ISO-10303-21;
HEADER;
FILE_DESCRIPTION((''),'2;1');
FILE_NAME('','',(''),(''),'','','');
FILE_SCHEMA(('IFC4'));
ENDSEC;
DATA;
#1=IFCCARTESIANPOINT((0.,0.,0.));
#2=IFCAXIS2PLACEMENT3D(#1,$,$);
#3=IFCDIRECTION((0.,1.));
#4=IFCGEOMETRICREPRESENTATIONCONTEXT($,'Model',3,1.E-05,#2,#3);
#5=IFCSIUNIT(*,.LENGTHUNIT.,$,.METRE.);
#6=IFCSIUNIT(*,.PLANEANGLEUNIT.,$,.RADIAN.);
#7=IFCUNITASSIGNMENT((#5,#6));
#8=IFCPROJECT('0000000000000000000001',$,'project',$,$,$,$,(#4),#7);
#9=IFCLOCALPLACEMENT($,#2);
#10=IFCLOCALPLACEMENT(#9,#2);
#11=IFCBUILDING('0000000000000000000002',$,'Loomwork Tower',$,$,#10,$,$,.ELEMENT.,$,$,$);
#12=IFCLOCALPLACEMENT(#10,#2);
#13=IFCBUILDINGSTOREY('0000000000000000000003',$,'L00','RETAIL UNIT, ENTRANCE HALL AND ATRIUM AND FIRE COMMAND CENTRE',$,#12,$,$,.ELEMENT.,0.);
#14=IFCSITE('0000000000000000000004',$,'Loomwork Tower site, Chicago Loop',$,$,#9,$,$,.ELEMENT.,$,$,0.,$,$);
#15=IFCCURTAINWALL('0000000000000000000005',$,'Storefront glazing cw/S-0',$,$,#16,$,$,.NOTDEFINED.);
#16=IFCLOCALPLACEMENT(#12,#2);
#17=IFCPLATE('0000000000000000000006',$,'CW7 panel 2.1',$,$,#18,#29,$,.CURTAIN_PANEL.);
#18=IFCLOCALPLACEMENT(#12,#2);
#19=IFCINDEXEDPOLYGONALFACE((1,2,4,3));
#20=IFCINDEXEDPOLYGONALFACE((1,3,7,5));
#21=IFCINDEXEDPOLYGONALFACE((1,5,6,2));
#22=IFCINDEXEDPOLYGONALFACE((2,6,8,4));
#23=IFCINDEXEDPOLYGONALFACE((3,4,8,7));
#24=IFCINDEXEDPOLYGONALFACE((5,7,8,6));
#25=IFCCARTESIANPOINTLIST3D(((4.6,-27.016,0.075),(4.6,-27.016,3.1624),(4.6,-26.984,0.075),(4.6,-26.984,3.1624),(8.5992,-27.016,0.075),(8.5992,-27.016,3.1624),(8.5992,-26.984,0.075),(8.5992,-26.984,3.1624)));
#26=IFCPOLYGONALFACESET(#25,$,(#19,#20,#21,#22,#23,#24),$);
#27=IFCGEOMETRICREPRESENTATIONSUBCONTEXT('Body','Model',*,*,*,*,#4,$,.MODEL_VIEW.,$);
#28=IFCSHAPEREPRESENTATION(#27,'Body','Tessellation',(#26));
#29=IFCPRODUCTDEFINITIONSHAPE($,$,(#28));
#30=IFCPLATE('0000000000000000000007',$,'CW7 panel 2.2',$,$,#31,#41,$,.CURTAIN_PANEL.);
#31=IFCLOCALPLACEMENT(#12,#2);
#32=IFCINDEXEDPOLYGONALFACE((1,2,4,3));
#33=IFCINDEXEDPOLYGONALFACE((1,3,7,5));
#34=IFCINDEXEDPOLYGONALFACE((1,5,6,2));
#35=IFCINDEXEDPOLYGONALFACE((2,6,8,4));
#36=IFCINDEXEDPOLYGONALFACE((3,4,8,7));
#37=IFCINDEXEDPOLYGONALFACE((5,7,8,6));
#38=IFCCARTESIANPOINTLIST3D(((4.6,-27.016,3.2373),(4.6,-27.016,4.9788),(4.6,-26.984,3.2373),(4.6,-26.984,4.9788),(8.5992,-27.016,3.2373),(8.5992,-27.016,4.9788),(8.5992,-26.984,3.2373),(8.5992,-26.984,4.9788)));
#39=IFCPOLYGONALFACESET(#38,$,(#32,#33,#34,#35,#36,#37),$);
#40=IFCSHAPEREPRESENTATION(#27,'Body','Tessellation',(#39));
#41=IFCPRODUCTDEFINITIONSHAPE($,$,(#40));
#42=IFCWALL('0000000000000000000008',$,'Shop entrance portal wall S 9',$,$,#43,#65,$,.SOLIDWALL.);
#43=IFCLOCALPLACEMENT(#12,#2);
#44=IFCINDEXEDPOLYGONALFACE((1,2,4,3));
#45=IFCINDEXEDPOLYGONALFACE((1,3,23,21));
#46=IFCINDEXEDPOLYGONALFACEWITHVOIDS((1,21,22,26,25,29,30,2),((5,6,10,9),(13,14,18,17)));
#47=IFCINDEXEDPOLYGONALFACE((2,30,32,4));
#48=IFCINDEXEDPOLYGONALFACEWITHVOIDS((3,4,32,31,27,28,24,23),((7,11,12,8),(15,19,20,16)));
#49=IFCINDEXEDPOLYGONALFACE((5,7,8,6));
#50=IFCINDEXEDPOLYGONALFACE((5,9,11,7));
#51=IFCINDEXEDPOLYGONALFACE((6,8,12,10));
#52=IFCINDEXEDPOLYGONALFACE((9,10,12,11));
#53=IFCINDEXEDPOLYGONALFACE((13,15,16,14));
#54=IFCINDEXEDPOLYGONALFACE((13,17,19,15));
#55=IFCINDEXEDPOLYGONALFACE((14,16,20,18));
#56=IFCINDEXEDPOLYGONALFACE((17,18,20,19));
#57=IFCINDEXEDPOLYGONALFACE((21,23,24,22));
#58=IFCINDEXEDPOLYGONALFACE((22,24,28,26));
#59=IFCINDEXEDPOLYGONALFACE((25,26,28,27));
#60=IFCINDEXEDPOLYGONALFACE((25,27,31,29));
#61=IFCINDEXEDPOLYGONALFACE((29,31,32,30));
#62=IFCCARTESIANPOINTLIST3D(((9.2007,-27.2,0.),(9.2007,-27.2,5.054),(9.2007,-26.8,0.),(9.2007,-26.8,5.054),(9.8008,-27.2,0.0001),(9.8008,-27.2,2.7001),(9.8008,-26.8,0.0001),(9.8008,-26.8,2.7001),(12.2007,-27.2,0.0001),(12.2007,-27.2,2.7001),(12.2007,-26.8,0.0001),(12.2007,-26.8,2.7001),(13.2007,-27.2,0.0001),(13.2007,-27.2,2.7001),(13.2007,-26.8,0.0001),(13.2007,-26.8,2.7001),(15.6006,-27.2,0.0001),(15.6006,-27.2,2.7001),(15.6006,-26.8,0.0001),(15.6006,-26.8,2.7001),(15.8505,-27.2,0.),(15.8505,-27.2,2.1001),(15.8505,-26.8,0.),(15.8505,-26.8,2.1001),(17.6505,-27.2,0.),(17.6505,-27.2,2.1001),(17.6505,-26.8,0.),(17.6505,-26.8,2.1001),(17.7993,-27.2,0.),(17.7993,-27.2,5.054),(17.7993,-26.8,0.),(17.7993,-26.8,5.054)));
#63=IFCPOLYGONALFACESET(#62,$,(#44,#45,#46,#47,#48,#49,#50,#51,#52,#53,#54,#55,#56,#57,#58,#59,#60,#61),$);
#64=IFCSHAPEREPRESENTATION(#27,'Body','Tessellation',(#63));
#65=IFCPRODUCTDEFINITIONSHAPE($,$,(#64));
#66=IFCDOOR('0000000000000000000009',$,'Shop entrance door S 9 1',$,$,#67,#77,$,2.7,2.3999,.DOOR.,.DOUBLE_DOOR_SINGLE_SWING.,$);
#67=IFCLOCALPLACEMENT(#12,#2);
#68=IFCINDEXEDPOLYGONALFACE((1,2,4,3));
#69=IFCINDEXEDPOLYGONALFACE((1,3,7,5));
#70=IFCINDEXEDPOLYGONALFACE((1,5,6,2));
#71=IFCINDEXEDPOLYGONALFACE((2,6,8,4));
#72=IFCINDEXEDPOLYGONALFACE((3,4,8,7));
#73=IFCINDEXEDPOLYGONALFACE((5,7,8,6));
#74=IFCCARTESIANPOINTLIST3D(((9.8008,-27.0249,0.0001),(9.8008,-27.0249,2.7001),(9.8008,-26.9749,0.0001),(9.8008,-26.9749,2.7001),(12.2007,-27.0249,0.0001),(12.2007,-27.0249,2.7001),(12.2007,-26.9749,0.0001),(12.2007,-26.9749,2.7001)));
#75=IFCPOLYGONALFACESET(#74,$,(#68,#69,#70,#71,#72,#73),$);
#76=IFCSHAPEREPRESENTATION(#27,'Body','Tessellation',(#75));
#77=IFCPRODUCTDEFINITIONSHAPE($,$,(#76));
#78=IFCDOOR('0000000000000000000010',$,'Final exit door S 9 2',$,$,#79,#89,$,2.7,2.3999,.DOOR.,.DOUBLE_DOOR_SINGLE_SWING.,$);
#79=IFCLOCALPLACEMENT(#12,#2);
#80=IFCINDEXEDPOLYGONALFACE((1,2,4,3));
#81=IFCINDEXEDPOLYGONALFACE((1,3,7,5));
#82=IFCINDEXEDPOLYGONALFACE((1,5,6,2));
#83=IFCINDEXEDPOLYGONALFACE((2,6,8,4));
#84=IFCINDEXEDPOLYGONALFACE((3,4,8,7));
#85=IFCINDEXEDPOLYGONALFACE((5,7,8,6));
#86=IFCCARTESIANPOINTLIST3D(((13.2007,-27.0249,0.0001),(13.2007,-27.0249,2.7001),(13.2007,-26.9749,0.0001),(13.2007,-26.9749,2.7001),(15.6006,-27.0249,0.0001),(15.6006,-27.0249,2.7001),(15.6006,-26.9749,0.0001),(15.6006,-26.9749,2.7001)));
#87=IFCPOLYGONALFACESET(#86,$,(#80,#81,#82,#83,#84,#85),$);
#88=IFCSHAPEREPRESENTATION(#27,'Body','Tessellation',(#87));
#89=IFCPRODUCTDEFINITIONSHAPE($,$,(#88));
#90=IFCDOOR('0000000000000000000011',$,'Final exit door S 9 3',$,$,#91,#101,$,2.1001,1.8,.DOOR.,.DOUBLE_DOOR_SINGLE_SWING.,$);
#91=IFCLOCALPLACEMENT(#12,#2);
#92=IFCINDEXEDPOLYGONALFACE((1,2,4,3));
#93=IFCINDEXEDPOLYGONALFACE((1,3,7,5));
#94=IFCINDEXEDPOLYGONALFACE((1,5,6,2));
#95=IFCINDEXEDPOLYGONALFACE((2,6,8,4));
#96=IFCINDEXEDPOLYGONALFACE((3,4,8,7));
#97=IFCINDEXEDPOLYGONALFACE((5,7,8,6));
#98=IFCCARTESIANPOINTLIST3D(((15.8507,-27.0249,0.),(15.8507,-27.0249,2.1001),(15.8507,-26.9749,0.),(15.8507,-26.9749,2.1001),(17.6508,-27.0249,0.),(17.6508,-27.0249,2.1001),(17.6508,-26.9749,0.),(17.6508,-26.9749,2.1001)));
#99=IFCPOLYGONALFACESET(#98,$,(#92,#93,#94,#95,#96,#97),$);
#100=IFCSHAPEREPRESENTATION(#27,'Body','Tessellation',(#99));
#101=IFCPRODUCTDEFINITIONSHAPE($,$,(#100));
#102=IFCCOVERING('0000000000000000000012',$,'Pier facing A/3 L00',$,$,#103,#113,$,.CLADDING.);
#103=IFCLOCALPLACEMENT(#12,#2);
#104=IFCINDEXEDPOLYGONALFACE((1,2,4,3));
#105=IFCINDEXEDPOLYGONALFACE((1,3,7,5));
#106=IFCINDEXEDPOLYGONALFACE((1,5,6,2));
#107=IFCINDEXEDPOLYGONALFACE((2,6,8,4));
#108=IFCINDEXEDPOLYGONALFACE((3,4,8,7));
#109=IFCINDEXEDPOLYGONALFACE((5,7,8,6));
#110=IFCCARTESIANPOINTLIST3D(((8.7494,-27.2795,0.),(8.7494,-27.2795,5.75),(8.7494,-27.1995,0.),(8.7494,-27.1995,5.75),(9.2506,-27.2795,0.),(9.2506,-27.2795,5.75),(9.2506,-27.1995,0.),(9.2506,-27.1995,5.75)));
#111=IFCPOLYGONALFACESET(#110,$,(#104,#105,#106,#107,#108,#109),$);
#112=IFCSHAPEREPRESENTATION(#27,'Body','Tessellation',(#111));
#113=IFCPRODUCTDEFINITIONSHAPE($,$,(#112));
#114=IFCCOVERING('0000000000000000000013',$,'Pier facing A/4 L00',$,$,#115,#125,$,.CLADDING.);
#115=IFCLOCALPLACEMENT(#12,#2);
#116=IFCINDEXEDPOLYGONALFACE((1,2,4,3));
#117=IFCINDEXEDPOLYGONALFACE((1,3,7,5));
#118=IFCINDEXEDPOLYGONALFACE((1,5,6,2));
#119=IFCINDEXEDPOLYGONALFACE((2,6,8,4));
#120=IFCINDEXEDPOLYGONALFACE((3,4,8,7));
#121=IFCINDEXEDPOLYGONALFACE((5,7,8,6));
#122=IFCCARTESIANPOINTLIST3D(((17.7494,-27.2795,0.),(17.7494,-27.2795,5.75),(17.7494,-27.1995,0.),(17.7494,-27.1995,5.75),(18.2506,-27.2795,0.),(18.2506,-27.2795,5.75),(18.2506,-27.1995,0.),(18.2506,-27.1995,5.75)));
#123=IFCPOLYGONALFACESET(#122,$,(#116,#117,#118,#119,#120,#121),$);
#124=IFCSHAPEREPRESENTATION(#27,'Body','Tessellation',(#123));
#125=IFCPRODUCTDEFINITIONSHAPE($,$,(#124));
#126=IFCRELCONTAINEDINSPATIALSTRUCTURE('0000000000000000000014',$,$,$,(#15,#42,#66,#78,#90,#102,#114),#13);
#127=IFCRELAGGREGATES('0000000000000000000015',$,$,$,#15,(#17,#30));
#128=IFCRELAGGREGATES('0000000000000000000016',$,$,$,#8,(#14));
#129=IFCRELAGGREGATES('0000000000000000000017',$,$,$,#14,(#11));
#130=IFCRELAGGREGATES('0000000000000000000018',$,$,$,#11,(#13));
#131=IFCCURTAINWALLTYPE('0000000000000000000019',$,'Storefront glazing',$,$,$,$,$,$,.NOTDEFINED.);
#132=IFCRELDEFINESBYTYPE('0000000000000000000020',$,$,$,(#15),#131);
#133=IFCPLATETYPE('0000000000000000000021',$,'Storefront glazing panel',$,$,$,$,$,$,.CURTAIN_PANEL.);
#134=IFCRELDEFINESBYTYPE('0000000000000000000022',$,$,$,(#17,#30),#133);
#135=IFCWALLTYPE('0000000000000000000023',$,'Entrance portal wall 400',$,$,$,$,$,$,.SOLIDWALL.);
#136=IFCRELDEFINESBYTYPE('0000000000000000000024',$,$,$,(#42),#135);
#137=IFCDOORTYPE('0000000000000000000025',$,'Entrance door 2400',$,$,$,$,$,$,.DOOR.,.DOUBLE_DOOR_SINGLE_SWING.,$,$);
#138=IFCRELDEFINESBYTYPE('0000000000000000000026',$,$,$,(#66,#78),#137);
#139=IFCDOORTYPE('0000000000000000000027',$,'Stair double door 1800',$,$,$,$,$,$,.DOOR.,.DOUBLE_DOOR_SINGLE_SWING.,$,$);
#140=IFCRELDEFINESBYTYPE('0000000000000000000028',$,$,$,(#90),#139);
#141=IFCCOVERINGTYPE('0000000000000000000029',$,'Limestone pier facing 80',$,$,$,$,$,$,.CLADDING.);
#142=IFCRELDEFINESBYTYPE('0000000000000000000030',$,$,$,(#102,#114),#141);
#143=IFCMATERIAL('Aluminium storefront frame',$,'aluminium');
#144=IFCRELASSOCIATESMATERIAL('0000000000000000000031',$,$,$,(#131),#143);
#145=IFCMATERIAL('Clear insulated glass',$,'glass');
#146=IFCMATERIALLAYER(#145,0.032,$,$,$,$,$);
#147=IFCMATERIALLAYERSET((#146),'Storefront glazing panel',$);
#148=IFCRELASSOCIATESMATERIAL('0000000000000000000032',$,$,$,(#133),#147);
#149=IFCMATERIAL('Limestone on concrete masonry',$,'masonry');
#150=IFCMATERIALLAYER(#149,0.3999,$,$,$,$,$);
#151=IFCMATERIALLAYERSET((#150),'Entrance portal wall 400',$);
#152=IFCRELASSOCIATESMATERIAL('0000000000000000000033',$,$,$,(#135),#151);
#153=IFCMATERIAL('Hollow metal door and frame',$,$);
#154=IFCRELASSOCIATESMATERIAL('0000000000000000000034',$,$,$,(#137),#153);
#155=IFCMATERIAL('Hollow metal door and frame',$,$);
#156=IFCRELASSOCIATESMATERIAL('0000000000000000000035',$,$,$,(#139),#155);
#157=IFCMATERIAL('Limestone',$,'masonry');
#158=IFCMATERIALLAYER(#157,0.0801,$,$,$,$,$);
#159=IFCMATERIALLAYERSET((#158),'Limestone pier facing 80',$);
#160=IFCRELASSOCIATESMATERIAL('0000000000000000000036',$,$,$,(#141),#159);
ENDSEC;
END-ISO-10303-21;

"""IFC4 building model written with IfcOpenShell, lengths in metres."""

from ifc_helpers import new_model, si_unit, direction, frame, frame_2d, origin, origin_2d, place, context, subcontext, project, spatial, rectangle, extrude, material, layer, layer_set, type_object, element, fill, aggregate, save


model = new_model("IFC4")

# Units and contexts
model_context = context("Model", 3, precision=1e-05, world=origin(), true_north=direction((0.0, 1.0)))
body_context = subcontext(model_context, "Body", "Model", "MODEL_VIEW")
ifc_project = project(units=[si_unit("LENGTHUNIT", "METRE"), si_unit("PLANEANGLEUNIT", "RADIAN")], contexts=[model_context])

# Site, building, storey
site_placement = place(None, origin())
site = spatial("IfcSite", under=ifc_project, at=site_placement, Name="Loomwork Tower site, Chicago Loop", CompositionType="ELEMENT", RefElevation=0.0)
building_placement = place(site_placement, origin())
building = spatial("IfcBuilding", under=site, at=building_placement, Name="Loomwork Tower", CompositionType="ELEMENT")
storey_placement = place(building_placement, origin())
storey = spatial("IfcBuildingStorey", under=building, at=storey_placement, Name="L00", Description="RETAIL UNIT, ENTRANCE HALL AND ATRIUM AND FIRE COMMAND CENTRE", CompositionType="ELEMENT", Elevation=0.0)

# Curtain wall
ifc_material_1 = material(Name="Aluminium storefront frame", Category="aluminium")
curtain_wall_type = type_object("IfcCurtainWallType", Name="Storefront glazing", PredefinedType="NOTDEFINED", material=ifc_material_1)
curtain_wall_placement = place(storey_placement, origin())
curtain_wall = element("IfcCurtainWall", 1, at=curtain_wall_placement, inside=storey, type_object=curtain_wall_type, Name="Storefront glazing cw/S-0", PredefinedType="NOTDEFINED")

# Plates
ifc_material_2 = material(Name="Clear insulated glass", Category="glass")
ifc_layer_1 = layer(ifc_material_2, 0.032)
ifc_layer_set_1 = layer_set([ifc_layer_1], Name="Storefront glazing panel")
plate_type = type_object("IfcPlateType", Name="Storefront glazing panel", PredefinedType="CURTAIN_PANEL", material=ifc_layer_set_1)
plate_1_placement = place(storey_placement, frame((6.5996, -27.0, 0.075), z_axis=(0.0, 0.0, 1.0), x_axis=(1.0, 0.0, 0.0)))
plate_1 = element("IfcPlate", 2, at=plate_1_placement, type_object=plate_type, Name="CW7 panel 2.1", PredefinedType="CURTAIN_PANEL", context=body_context, shape_type="SweptSolid", body=[
    extrude(rectangle(XDim=3.9993, YDim=0.032, at=origin_2d()), origin(), (0.0, 0.0, 1.0), 3.0874),
])
plate_2_placement = place(storey_placement, frame((6.5996, -27.0, 3.2373), z_axis=(0.0, 0.0, 1.0), x_axis=(1.0, 0.0, 0.0)))
plate_2 = element("IfcPlate", 3, at=plate_2_placement, type_object=plate_type, Name="CW7 panel 2.2", PredefinedType="CURTAIN_PANEL", context=body_context, shape_type="SweptSolid", body=[
    extrude(rectangle(XDim=3.9993, YDim=0.032, at=origin_2d()), origin(), (0.0, 0.0, 1.0), 1.7415),
])
aggregate(curtain_wall, [plate_1, plate_2])

# Wall, openings, doors
ifc_material_3 = material(Name="Limestone on concrete masonry", Category="masonry")
ifc_layer_2 = layer(ifc_material_3, 0.3999)
ifc_layer_set_2 = layer_set([ifc_layer_2], Name="Entrance portal wall 400")
wall_type = type_object("IfcWallType", Name="Entrance portal wall 400", PredefinedType="SOLIDWALL", material=ifc_layer_set_2)
wall_placement = place(storey_placement, frame((9.2007, -27.0, 0.0), z_axis=(0.0, 0.0, 1.0), x_axis=(1.0, 0.0, 0.0)))
wall = element("IfcWall", 4, at=wall_placement, inside=storey, type_object=wall_type, Name="Shop entrance portal wall S 9", PredefinedType="SOLIDWALL", context=body_context, shape_type="SweptSolid", body=[
    extrude(rectangle(XDim=8.5986, YDim=0.3999, at=frame_2d((4.2993, 0.0))), origin(), (0.0, 0.0, 1.0), 5.054),
])
opening_1_placement = place(wall_placement, frame((0.6001, 0.0, 0.0)))
opening_1 = element("IfcOpeningElement", 5, at=opening_1_placement, cuts=wall, PredefinedType="OPENING", context=body_context, shape_type="SweptSolid", body=[
    extrude(rectangle(XDim=2.3999, YDim=2.7, at=frame_2d((1.2, 1.3501))), frame((0.0, 0.21, 0.0), z_axis=(0.0, -1.0, 0.0), x_axis=(1.0, 0.0, 0.0)), (0.0, 0.0, 1.0), 0.4199),
])
opening_2_placement = place(wall_placement, frame((4.0, 0.0, 0.0)))
opening_2 = element("IfcOpeningElement", 6, at=opening_2_placement, cuts=wall, PredefinedType="OPENING", context=body_context, shape_type="SweptSolid", body=[
    extrude(rectangle(XDim=2.3999, YDim=2.7, at=frame_2d((1.2, 1.3501))), frame((0.0, 0.21, 0.0), z_axis=(0.0, -1.0, 0.0), x_axis=(1.0, 0.0, 0.0)), (0.0, 0.0, 1.0), 0.4199),
])
opening_3_placement = place(wall_placement, frame((6.6499, 0.0, 0.0)))
opening_3 = element("IfcOpeningElement", 7, at=opening_3_placement, cuts=wall, PredefinedType="OPENING", context=body_context, shape_type="SweptSolid", body=[
    extrude(rectangle(XDim=1.8, YDim=2.1001, at=frame_2d((0.8999, 1.05))), frame((0.0, 0.21, 0.0), z_axis=(0.0, -1.0, 0.0), x_axis=(1.0, 0.0, 0.0)), (0.0, 0.0, 1.0), 0.4199),
])
ifc_material_4 = material(Name="Hollow metal door and frame")
door_type_1 = type_object("IfcDoorType", Name="Entrance door 2400", OperationType="DOUBLE_DOOR_SINGLE_SWING", PredefinedType="DOOR", material=ifc_material_4)
door_1_placement = place(opening_1_placement, frame((2.3999, 0.0, 0.0), z_axis=(0.0, 0.0, 1.0), x_axis=(-1.0, 0.0, 0.0)))
door_1 = element("IfcDoor", 8, at=door_1_placement, inside=storey, type_object=door_type_1, Name="Shop entrance door S 9 1", OperationType="DOUBLE_DOOR_SINGLE_SWING", OverallHeight=2.7, OverallWidth=2.3999, PredefinedType="DOOR", context=body_context, shape_type="SweptSolid", body=[
    extrude(rectangle(XDim=2.3999, YDim=2.7, at=frame_2d((1.2, 1.3501))), frame((0.0, 0.0249, 0.0), z_axis=(0.0, -1.0, 0.0), x_axis=(1.0, 0.0, 0.0)), (0.0, 0.0, 1.0), 0.05),
])
fill(opening_1, door_1)
door_2_placement = place(opening_2_placement, frame((2.3999, 0.0, 0.0), z_axis=(0.0, 0.0, 1.0), x_axis=(-1.0, 0.0, 0.0)))
door_2 = element("IfcDoor", 9, at=door_2_placement, inside=storey, type_object=door_type_1, Name="Final exit door S 9 2", OperationType="DOUBLE_DOOR_SINGLE_SWING", OverallHeight=2.7, OverallWidth=2.3999, PredefinedType="DOOR", context=body_context, shape_type="SweptSolid", body=[
    extrude(rectangle(XDim=2.3999, YDim=2.7, at=frame_2d((1.2, 1.3501))), frame((0.0, 0.0249, 0.0), z_axis=(0.0, -1.0, 0.0), x_axis=(1.0, 0.0, 0.0)), (0.0, 0.0, 1.0), 0.05),
])
fill(opening_2, door_2)
ifc_material_5 = material(Name="Hollow metal door and frame")
door_type_2 = type_object("IfcDoorType", Name="Stair double door 1800", OperationType="DOUBLE_DOOR_SINGLE_SWING", PredefinedType="DOOR", material=ifc_material_5)
door_3_placement = place(opening_3_placement, frame((1.8, 0.0, 0.0), z_axis=(0.0, 0.0, 1.0), x_axis=(-1.0, 0.0, 0.0)))
door_3 = element("IfcDoor", 10, at=door_3_placement, inside=storey, type_object=door_type_2, Name="Final exit door S 9 3", OperationType="DOUBLE_DOOR_SINGLE_SWING", OverallHeight=2.1001, OverallWidth=1.8, PredefinedType="DOOR", context=body_context, shape_type="SweptSolid", body=[
    extrude(rectangle(XDim=1.8, YDim=2.1001, at=frame_2d((0.8999, 1.05))), frame((0.0, 0.0249, 0.0), z_axis=(0.0, -1.0, 0.0), x_axis=(1.0, 0.0, 0.0)), (0.0, 0.0, 1.0), 0.05),
])
fill(opening_3, door_3)

# Coverings
ifc_material_6 = material(Name="Limestone", Category="masonry")
ifc_layer_3 = layer(ifc_material_6, 0.0801)
ifc_layer_set_3 = layer_set([ifc_layer_3], Name="Limestone pier facing 80")
covering_type = type_object("IfcCoveringType", Name="Limestone pier facing 80", PredefinedType="CLADDING", material=ifc_layer_set_3)
for number, where, z_axis, x_axis, name in (
    (11, (9.0, -27.2395, 0.0), (0.0, 0.0, 1.0), (1.0, 0.0, 0.0), "Pier facing A/3 L00"),
    (12, (18.0, -27.2395, 0.0), (0.0, 0.0, 1.0), (1.0, 0.0, 0.0), "Pier facing A/4 L00"),
):
    element("IfcCovering", number, at=place(storey_placement, frame(where, z_axis=z_axis, x_axis=x_axis)), inside=storey, type_object=covering_type, Name=name, PredefinedType="CLADDING", context=body_context, shape_type="SweptSolid", body=[
        extrude(rectangle(XDim=0.5012, YDim=0.0801, at=origin_2d()), origin(), (0.0, 0.0, 1.0), 5.75),
    ])

save(model, "model.ifc")
